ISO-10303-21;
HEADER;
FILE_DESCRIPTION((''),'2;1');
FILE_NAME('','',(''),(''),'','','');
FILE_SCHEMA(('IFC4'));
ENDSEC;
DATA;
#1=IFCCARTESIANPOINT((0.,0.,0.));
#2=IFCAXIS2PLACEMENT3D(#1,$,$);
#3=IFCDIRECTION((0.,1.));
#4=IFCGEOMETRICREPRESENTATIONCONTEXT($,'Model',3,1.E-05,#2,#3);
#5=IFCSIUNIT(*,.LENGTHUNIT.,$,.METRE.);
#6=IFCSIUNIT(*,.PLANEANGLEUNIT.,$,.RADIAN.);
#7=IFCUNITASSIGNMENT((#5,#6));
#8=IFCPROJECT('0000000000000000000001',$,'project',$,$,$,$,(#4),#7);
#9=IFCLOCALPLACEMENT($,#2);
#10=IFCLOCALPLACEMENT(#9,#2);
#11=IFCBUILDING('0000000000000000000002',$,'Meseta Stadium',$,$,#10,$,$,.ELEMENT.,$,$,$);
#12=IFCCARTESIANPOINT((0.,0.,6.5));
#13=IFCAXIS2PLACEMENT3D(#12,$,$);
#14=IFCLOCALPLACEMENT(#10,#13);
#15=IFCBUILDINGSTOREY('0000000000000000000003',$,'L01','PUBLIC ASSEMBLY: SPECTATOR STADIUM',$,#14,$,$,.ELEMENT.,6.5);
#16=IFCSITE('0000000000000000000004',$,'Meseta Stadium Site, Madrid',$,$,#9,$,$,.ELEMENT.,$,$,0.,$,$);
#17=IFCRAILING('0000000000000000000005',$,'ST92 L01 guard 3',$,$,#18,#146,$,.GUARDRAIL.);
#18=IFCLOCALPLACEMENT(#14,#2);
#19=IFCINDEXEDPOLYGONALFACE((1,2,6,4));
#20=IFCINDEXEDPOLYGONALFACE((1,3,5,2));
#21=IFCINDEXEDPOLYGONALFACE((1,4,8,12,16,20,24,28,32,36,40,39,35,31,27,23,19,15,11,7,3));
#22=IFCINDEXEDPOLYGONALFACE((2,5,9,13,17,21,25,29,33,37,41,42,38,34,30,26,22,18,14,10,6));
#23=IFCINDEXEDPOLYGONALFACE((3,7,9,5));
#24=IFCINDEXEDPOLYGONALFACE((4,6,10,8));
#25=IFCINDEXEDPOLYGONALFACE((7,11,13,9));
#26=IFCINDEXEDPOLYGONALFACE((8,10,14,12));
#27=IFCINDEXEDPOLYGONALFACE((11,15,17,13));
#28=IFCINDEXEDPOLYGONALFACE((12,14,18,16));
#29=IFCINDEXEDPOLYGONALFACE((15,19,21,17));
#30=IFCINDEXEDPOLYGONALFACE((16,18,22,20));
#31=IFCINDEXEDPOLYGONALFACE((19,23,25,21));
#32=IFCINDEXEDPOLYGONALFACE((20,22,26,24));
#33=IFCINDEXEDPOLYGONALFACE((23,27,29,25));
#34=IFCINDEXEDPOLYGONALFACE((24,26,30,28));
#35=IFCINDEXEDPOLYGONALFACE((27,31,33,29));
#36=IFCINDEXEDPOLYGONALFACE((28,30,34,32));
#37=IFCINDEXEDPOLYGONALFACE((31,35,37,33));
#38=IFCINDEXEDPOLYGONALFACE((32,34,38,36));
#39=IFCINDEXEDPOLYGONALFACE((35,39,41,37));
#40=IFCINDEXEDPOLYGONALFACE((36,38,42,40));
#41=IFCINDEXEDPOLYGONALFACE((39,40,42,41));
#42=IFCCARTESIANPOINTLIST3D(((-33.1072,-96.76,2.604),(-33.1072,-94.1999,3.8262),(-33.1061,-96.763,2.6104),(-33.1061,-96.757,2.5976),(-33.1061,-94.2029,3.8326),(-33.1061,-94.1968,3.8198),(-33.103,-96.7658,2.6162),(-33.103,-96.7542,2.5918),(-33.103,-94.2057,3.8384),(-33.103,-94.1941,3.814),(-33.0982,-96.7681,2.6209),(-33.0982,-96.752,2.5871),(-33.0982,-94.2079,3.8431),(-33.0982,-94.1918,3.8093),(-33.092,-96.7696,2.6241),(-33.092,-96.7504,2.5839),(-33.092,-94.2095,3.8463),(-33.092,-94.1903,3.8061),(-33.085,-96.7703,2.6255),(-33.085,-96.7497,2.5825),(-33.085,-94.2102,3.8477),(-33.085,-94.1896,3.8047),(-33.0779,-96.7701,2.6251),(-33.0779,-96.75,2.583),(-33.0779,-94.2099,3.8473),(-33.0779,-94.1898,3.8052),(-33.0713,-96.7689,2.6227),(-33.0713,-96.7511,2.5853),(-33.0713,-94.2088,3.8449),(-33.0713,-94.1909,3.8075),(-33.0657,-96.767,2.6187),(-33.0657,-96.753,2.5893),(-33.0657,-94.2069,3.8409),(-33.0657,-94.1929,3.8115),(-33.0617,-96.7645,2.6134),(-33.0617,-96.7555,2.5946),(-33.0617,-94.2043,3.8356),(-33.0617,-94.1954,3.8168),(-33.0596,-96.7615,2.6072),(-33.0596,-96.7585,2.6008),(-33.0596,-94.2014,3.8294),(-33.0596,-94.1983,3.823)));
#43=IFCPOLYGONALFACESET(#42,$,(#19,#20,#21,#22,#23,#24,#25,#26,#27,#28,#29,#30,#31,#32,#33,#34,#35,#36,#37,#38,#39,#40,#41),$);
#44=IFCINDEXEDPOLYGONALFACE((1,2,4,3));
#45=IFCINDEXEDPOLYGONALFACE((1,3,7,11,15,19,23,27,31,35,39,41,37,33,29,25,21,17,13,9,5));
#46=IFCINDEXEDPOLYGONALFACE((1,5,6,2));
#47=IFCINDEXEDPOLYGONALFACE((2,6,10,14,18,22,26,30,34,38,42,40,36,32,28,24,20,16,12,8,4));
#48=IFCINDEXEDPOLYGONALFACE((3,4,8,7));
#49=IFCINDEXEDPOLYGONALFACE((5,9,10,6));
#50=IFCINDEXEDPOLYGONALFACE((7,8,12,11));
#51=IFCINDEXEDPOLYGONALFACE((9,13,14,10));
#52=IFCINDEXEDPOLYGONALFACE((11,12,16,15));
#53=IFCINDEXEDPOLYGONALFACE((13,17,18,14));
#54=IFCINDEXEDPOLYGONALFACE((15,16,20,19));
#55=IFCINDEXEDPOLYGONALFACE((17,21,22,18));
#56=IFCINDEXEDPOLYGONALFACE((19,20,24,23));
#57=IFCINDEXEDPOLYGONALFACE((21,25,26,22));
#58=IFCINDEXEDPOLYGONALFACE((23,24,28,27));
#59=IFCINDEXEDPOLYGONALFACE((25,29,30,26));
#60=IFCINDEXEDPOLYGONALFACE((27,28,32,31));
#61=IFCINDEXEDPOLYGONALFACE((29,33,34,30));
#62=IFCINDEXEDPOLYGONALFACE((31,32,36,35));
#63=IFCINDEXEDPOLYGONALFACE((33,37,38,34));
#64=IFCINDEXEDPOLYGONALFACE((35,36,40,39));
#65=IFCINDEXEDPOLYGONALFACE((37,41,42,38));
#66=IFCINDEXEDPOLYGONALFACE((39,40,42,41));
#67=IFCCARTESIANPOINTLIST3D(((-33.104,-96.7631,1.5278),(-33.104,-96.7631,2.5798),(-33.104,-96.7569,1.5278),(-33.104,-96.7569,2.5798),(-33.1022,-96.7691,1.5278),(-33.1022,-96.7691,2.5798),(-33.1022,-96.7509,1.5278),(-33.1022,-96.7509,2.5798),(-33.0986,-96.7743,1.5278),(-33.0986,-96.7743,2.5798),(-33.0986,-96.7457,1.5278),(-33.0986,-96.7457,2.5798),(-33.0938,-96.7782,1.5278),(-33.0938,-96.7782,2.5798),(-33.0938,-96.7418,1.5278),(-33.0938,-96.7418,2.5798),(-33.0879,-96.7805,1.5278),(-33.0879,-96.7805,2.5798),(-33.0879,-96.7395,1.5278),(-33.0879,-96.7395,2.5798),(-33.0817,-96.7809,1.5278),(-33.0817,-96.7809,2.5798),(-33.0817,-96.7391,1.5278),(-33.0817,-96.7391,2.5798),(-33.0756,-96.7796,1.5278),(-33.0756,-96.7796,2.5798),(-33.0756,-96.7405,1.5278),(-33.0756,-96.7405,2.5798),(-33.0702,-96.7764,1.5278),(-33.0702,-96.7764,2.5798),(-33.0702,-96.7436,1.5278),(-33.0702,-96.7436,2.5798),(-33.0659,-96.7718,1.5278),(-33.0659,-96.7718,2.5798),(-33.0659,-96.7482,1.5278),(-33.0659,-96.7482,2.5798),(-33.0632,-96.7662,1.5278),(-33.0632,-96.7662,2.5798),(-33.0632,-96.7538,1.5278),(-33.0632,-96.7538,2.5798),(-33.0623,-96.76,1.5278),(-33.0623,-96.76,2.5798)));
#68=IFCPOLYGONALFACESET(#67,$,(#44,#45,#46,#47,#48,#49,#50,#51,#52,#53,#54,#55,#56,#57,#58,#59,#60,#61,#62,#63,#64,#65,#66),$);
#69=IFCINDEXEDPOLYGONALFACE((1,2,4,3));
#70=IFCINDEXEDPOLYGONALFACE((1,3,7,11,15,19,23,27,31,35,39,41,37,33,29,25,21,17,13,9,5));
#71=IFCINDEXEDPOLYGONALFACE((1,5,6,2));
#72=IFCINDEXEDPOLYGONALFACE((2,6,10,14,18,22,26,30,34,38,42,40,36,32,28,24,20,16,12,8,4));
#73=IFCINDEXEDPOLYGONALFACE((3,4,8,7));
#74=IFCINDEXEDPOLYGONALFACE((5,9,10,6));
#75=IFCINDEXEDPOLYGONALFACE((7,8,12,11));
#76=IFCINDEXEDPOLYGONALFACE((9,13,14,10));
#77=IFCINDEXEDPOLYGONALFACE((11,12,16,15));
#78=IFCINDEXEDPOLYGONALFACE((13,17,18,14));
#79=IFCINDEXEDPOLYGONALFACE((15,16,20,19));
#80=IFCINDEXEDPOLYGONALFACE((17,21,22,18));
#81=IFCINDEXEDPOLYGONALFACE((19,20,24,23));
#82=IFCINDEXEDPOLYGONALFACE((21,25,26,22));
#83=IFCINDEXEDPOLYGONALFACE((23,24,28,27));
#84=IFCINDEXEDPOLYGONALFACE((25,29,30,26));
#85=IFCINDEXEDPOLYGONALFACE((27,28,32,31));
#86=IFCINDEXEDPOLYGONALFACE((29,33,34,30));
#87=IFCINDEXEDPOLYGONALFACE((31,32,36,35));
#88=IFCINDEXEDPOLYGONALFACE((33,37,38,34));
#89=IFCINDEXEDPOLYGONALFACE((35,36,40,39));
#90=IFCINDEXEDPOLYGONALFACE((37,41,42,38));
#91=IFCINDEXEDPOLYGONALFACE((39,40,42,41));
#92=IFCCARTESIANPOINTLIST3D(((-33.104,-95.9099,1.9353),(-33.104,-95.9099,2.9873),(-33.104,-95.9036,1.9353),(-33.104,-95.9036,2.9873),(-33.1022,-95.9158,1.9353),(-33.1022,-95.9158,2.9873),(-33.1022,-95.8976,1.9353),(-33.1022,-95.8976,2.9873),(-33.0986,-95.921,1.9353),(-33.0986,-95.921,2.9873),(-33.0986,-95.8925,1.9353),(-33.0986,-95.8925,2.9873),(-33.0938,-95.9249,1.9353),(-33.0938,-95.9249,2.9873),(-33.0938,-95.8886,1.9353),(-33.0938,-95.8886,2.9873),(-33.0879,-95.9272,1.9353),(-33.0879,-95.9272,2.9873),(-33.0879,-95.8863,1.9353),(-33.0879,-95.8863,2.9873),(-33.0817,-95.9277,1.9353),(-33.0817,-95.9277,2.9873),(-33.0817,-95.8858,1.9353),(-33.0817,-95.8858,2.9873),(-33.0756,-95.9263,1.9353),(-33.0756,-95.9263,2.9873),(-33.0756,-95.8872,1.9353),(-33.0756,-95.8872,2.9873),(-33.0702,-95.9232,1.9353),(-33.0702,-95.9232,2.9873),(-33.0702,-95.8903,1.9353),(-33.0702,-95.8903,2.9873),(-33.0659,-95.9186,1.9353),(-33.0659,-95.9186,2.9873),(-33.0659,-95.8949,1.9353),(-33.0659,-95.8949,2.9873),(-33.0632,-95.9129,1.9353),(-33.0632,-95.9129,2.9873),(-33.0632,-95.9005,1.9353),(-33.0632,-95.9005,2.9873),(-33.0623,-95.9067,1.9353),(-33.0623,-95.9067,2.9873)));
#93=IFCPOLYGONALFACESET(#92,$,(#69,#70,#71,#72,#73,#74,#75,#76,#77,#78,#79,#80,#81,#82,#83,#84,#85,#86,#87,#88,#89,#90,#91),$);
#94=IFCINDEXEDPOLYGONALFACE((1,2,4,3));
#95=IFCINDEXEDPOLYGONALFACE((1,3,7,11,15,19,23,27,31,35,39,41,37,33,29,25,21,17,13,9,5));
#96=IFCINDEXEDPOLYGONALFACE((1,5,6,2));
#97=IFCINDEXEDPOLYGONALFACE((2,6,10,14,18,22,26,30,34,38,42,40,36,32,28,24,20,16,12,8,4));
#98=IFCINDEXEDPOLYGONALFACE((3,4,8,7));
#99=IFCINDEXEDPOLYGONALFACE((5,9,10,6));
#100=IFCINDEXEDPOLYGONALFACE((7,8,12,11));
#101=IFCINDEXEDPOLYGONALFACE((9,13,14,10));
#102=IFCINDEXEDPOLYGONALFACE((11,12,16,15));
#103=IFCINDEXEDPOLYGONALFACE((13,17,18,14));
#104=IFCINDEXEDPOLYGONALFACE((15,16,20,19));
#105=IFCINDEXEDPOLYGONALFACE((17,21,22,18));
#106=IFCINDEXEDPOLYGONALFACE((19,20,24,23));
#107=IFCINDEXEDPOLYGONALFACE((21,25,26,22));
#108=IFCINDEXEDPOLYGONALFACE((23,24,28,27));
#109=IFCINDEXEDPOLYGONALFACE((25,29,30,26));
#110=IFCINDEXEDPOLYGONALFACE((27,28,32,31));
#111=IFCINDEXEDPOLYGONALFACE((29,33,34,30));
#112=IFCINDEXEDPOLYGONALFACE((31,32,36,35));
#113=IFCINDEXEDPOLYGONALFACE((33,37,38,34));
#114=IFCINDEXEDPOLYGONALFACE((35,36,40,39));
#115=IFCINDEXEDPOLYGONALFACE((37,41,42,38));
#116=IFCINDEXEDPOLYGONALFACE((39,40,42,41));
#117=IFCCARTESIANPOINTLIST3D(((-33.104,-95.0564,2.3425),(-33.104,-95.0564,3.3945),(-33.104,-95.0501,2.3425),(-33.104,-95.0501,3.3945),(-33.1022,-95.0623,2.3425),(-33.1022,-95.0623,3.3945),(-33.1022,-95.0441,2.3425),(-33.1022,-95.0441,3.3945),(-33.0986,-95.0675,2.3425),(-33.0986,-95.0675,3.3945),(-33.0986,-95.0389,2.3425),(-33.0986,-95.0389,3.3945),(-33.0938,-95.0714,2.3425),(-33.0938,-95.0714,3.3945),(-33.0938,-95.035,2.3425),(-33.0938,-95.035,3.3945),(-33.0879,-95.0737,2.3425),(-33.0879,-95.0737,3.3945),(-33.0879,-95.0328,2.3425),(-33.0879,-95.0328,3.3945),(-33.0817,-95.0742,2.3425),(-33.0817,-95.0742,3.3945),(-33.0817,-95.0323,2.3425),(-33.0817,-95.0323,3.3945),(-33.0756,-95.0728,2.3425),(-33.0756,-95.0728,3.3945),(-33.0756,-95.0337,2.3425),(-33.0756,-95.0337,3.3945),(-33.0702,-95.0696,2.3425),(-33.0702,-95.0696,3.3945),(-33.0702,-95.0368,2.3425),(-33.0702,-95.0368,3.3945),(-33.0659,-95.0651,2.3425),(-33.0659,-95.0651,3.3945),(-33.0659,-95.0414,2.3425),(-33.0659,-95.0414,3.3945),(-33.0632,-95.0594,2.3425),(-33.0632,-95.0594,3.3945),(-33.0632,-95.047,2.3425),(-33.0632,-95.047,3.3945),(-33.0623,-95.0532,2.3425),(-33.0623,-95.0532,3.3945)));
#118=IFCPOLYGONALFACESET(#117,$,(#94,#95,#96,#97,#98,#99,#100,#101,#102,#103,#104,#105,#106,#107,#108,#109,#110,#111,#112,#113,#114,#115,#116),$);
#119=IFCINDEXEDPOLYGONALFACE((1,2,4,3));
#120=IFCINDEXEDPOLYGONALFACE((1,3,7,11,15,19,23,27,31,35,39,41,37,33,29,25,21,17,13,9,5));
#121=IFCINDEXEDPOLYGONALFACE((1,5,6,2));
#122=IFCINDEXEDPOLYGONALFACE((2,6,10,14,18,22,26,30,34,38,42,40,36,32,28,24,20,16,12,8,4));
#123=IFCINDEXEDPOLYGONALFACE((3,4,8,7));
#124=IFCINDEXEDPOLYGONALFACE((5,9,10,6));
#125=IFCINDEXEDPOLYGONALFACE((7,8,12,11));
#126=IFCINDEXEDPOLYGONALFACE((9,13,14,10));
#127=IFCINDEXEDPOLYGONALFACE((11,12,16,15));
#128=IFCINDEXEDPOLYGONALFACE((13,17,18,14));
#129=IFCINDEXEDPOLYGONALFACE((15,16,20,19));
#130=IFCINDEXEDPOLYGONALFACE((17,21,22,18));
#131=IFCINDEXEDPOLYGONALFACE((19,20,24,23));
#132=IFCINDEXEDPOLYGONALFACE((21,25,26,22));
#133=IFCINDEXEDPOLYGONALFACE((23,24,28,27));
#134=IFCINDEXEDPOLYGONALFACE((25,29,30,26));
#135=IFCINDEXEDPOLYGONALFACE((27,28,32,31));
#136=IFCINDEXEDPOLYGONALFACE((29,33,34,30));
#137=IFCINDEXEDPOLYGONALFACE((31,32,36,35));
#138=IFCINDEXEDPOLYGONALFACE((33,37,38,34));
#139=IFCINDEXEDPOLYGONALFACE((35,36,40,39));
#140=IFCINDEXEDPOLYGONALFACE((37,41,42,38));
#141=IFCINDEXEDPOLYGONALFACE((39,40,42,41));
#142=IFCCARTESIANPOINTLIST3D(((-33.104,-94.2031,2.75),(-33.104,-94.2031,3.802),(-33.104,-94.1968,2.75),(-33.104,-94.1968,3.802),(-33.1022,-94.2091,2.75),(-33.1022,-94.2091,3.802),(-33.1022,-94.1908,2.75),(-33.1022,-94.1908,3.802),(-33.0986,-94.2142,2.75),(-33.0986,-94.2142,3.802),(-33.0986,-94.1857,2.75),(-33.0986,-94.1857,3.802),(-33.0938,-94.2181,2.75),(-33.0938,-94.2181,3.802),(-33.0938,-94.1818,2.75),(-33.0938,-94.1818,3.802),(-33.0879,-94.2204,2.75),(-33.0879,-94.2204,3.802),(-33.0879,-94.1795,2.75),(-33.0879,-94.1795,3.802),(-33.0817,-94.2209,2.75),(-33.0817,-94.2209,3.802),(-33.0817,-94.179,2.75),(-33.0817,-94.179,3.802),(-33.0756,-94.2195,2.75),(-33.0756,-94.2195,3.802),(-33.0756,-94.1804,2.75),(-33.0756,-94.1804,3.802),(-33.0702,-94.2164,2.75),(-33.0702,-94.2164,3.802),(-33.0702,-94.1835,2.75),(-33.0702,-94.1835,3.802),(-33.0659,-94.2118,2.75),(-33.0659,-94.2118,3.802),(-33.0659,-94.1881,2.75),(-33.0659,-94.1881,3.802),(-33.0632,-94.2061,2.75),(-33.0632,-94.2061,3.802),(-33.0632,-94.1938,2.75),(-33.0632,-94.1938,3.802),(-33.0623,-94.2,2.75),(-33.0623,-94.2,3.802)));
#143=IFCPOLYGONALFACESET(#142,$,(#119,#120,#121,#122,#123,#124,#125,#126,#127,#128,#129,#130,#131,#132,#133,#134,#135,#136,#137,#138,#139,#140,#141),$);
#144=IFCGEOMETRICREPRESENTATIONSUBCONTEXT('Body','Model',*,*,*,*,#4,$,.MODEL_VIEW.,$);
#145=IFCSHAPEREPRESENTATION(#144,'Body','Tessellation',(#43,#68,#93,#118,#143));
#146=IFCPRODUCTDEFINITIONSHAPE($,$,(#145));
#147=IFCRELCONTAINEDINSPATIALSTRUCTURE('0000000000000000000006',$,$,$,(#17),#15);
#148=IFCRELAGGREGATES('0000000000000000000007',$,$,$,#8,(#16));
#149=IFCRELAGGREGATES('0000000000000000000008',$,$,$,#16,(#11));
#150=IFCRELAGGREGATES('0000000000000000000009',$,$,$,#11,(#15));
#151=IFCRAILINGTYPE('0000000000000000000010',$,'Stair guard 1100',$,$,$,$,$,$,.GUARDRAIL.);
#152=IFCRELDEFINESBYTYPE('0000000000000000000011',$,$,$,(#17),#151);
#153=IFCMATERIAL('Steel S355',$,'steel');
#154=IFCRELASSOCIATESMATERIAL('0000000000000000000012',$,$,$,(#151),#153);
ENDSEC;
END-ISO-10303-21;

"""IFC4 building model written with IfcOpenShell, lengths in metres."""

from ifc_helpers import new_model, si_unit, direction, frame, origin, origin_2d, place, context, subcontext, project, spatial, circle, extrude, material, type_object, element, save


model = new_model("IFC4")

# Units and contexts
model_context = context("Model", 3, precision=1e-05, world=origin(), true_north=direction((0.0, 1.0)))
body_context = subcontext(model_context, "Body", "Model", "MODEL_VIEW")
ifc_project = project(units=[si_unit("LENGTHUNIT", "METRE"), si_unit("PLANEANGLEUNIT", "RADIAN")], contexts=[model_context])

# Site, building, storey
site_placement = place(None, origin())
site = spatial("IfcSite", under=ifc_project, at=site_placement, Name="Meseta Stadium Site, Madrid", CompositionType="ELEMENT", RefElevation=0.0)
building_placement = place(site_placement, origin())
building = spatial("IfcBuilding", under=site, at=building_placement, Name="Meseta Stadium", CompositionType="ELEMENT")
storey_placement = place(building_placement, frame((0.0, 0.0, 6.5)))
storey = spatial("IfcBuildingStorey", under=building, at=storey_placement, Name="L01", Description="PUBLIC ASSEMBLY: SPECTATOR STADIUM", CompositionType="ELEMENT", Elevation=6.5)

# Railing
ifc_material_1 = material(Name="Steel S355", Category="steel")
railing_type_1 = type_object("IfcRailingType", Name="Stair guard 1100", PredefinedType="GUARDRAIL", material=ifc_material_1)
railing_1_placement = place(storey_placement, frame((-33.0833, -96.76, 1.5278)))
element("IfcRailing", 1, at=railing_1_placement, inside=storey, type_object=railing_type_1, Name="ST92 L01 guard 3", PredefinedType="GUARDRAIL", context=body_context, shape_type="SweptSolid", body=[
    extrude(circle(Radius=0.0239, at=origin_2d()), frame((0.0, 0.0, 1.0762), z_axis=(0.0, 0.902437, 0.430822), x_axis=(-1.0, 0.0, 0.0)), (0.0, 0.0, 1.0), 2.8369),
    extrude(circle(Radius=0.021, at=origin_2d()), origin(), (0.0, 0.0, 1.0), 1.052),
    extrude(circle(Radius=0.021, at=origin_2d()), frame((0.0, 0.8533, 0.4075)), (0.0, 0.0, 1.0), 1.052),
    extrude(circle(Radius=0.021, at=origin_2d()), frame((0.0, 1.7068, 0.8147)), (0.0, 0.0, 1.0), 1.052),
    extrude(circle(Radius=0.021, at=origin_2d()), frame((0.0, 2.5601, 1.2222)), (0.0, 0.0, 1.0), 1.052),
])

save(model, "model.ifc")
